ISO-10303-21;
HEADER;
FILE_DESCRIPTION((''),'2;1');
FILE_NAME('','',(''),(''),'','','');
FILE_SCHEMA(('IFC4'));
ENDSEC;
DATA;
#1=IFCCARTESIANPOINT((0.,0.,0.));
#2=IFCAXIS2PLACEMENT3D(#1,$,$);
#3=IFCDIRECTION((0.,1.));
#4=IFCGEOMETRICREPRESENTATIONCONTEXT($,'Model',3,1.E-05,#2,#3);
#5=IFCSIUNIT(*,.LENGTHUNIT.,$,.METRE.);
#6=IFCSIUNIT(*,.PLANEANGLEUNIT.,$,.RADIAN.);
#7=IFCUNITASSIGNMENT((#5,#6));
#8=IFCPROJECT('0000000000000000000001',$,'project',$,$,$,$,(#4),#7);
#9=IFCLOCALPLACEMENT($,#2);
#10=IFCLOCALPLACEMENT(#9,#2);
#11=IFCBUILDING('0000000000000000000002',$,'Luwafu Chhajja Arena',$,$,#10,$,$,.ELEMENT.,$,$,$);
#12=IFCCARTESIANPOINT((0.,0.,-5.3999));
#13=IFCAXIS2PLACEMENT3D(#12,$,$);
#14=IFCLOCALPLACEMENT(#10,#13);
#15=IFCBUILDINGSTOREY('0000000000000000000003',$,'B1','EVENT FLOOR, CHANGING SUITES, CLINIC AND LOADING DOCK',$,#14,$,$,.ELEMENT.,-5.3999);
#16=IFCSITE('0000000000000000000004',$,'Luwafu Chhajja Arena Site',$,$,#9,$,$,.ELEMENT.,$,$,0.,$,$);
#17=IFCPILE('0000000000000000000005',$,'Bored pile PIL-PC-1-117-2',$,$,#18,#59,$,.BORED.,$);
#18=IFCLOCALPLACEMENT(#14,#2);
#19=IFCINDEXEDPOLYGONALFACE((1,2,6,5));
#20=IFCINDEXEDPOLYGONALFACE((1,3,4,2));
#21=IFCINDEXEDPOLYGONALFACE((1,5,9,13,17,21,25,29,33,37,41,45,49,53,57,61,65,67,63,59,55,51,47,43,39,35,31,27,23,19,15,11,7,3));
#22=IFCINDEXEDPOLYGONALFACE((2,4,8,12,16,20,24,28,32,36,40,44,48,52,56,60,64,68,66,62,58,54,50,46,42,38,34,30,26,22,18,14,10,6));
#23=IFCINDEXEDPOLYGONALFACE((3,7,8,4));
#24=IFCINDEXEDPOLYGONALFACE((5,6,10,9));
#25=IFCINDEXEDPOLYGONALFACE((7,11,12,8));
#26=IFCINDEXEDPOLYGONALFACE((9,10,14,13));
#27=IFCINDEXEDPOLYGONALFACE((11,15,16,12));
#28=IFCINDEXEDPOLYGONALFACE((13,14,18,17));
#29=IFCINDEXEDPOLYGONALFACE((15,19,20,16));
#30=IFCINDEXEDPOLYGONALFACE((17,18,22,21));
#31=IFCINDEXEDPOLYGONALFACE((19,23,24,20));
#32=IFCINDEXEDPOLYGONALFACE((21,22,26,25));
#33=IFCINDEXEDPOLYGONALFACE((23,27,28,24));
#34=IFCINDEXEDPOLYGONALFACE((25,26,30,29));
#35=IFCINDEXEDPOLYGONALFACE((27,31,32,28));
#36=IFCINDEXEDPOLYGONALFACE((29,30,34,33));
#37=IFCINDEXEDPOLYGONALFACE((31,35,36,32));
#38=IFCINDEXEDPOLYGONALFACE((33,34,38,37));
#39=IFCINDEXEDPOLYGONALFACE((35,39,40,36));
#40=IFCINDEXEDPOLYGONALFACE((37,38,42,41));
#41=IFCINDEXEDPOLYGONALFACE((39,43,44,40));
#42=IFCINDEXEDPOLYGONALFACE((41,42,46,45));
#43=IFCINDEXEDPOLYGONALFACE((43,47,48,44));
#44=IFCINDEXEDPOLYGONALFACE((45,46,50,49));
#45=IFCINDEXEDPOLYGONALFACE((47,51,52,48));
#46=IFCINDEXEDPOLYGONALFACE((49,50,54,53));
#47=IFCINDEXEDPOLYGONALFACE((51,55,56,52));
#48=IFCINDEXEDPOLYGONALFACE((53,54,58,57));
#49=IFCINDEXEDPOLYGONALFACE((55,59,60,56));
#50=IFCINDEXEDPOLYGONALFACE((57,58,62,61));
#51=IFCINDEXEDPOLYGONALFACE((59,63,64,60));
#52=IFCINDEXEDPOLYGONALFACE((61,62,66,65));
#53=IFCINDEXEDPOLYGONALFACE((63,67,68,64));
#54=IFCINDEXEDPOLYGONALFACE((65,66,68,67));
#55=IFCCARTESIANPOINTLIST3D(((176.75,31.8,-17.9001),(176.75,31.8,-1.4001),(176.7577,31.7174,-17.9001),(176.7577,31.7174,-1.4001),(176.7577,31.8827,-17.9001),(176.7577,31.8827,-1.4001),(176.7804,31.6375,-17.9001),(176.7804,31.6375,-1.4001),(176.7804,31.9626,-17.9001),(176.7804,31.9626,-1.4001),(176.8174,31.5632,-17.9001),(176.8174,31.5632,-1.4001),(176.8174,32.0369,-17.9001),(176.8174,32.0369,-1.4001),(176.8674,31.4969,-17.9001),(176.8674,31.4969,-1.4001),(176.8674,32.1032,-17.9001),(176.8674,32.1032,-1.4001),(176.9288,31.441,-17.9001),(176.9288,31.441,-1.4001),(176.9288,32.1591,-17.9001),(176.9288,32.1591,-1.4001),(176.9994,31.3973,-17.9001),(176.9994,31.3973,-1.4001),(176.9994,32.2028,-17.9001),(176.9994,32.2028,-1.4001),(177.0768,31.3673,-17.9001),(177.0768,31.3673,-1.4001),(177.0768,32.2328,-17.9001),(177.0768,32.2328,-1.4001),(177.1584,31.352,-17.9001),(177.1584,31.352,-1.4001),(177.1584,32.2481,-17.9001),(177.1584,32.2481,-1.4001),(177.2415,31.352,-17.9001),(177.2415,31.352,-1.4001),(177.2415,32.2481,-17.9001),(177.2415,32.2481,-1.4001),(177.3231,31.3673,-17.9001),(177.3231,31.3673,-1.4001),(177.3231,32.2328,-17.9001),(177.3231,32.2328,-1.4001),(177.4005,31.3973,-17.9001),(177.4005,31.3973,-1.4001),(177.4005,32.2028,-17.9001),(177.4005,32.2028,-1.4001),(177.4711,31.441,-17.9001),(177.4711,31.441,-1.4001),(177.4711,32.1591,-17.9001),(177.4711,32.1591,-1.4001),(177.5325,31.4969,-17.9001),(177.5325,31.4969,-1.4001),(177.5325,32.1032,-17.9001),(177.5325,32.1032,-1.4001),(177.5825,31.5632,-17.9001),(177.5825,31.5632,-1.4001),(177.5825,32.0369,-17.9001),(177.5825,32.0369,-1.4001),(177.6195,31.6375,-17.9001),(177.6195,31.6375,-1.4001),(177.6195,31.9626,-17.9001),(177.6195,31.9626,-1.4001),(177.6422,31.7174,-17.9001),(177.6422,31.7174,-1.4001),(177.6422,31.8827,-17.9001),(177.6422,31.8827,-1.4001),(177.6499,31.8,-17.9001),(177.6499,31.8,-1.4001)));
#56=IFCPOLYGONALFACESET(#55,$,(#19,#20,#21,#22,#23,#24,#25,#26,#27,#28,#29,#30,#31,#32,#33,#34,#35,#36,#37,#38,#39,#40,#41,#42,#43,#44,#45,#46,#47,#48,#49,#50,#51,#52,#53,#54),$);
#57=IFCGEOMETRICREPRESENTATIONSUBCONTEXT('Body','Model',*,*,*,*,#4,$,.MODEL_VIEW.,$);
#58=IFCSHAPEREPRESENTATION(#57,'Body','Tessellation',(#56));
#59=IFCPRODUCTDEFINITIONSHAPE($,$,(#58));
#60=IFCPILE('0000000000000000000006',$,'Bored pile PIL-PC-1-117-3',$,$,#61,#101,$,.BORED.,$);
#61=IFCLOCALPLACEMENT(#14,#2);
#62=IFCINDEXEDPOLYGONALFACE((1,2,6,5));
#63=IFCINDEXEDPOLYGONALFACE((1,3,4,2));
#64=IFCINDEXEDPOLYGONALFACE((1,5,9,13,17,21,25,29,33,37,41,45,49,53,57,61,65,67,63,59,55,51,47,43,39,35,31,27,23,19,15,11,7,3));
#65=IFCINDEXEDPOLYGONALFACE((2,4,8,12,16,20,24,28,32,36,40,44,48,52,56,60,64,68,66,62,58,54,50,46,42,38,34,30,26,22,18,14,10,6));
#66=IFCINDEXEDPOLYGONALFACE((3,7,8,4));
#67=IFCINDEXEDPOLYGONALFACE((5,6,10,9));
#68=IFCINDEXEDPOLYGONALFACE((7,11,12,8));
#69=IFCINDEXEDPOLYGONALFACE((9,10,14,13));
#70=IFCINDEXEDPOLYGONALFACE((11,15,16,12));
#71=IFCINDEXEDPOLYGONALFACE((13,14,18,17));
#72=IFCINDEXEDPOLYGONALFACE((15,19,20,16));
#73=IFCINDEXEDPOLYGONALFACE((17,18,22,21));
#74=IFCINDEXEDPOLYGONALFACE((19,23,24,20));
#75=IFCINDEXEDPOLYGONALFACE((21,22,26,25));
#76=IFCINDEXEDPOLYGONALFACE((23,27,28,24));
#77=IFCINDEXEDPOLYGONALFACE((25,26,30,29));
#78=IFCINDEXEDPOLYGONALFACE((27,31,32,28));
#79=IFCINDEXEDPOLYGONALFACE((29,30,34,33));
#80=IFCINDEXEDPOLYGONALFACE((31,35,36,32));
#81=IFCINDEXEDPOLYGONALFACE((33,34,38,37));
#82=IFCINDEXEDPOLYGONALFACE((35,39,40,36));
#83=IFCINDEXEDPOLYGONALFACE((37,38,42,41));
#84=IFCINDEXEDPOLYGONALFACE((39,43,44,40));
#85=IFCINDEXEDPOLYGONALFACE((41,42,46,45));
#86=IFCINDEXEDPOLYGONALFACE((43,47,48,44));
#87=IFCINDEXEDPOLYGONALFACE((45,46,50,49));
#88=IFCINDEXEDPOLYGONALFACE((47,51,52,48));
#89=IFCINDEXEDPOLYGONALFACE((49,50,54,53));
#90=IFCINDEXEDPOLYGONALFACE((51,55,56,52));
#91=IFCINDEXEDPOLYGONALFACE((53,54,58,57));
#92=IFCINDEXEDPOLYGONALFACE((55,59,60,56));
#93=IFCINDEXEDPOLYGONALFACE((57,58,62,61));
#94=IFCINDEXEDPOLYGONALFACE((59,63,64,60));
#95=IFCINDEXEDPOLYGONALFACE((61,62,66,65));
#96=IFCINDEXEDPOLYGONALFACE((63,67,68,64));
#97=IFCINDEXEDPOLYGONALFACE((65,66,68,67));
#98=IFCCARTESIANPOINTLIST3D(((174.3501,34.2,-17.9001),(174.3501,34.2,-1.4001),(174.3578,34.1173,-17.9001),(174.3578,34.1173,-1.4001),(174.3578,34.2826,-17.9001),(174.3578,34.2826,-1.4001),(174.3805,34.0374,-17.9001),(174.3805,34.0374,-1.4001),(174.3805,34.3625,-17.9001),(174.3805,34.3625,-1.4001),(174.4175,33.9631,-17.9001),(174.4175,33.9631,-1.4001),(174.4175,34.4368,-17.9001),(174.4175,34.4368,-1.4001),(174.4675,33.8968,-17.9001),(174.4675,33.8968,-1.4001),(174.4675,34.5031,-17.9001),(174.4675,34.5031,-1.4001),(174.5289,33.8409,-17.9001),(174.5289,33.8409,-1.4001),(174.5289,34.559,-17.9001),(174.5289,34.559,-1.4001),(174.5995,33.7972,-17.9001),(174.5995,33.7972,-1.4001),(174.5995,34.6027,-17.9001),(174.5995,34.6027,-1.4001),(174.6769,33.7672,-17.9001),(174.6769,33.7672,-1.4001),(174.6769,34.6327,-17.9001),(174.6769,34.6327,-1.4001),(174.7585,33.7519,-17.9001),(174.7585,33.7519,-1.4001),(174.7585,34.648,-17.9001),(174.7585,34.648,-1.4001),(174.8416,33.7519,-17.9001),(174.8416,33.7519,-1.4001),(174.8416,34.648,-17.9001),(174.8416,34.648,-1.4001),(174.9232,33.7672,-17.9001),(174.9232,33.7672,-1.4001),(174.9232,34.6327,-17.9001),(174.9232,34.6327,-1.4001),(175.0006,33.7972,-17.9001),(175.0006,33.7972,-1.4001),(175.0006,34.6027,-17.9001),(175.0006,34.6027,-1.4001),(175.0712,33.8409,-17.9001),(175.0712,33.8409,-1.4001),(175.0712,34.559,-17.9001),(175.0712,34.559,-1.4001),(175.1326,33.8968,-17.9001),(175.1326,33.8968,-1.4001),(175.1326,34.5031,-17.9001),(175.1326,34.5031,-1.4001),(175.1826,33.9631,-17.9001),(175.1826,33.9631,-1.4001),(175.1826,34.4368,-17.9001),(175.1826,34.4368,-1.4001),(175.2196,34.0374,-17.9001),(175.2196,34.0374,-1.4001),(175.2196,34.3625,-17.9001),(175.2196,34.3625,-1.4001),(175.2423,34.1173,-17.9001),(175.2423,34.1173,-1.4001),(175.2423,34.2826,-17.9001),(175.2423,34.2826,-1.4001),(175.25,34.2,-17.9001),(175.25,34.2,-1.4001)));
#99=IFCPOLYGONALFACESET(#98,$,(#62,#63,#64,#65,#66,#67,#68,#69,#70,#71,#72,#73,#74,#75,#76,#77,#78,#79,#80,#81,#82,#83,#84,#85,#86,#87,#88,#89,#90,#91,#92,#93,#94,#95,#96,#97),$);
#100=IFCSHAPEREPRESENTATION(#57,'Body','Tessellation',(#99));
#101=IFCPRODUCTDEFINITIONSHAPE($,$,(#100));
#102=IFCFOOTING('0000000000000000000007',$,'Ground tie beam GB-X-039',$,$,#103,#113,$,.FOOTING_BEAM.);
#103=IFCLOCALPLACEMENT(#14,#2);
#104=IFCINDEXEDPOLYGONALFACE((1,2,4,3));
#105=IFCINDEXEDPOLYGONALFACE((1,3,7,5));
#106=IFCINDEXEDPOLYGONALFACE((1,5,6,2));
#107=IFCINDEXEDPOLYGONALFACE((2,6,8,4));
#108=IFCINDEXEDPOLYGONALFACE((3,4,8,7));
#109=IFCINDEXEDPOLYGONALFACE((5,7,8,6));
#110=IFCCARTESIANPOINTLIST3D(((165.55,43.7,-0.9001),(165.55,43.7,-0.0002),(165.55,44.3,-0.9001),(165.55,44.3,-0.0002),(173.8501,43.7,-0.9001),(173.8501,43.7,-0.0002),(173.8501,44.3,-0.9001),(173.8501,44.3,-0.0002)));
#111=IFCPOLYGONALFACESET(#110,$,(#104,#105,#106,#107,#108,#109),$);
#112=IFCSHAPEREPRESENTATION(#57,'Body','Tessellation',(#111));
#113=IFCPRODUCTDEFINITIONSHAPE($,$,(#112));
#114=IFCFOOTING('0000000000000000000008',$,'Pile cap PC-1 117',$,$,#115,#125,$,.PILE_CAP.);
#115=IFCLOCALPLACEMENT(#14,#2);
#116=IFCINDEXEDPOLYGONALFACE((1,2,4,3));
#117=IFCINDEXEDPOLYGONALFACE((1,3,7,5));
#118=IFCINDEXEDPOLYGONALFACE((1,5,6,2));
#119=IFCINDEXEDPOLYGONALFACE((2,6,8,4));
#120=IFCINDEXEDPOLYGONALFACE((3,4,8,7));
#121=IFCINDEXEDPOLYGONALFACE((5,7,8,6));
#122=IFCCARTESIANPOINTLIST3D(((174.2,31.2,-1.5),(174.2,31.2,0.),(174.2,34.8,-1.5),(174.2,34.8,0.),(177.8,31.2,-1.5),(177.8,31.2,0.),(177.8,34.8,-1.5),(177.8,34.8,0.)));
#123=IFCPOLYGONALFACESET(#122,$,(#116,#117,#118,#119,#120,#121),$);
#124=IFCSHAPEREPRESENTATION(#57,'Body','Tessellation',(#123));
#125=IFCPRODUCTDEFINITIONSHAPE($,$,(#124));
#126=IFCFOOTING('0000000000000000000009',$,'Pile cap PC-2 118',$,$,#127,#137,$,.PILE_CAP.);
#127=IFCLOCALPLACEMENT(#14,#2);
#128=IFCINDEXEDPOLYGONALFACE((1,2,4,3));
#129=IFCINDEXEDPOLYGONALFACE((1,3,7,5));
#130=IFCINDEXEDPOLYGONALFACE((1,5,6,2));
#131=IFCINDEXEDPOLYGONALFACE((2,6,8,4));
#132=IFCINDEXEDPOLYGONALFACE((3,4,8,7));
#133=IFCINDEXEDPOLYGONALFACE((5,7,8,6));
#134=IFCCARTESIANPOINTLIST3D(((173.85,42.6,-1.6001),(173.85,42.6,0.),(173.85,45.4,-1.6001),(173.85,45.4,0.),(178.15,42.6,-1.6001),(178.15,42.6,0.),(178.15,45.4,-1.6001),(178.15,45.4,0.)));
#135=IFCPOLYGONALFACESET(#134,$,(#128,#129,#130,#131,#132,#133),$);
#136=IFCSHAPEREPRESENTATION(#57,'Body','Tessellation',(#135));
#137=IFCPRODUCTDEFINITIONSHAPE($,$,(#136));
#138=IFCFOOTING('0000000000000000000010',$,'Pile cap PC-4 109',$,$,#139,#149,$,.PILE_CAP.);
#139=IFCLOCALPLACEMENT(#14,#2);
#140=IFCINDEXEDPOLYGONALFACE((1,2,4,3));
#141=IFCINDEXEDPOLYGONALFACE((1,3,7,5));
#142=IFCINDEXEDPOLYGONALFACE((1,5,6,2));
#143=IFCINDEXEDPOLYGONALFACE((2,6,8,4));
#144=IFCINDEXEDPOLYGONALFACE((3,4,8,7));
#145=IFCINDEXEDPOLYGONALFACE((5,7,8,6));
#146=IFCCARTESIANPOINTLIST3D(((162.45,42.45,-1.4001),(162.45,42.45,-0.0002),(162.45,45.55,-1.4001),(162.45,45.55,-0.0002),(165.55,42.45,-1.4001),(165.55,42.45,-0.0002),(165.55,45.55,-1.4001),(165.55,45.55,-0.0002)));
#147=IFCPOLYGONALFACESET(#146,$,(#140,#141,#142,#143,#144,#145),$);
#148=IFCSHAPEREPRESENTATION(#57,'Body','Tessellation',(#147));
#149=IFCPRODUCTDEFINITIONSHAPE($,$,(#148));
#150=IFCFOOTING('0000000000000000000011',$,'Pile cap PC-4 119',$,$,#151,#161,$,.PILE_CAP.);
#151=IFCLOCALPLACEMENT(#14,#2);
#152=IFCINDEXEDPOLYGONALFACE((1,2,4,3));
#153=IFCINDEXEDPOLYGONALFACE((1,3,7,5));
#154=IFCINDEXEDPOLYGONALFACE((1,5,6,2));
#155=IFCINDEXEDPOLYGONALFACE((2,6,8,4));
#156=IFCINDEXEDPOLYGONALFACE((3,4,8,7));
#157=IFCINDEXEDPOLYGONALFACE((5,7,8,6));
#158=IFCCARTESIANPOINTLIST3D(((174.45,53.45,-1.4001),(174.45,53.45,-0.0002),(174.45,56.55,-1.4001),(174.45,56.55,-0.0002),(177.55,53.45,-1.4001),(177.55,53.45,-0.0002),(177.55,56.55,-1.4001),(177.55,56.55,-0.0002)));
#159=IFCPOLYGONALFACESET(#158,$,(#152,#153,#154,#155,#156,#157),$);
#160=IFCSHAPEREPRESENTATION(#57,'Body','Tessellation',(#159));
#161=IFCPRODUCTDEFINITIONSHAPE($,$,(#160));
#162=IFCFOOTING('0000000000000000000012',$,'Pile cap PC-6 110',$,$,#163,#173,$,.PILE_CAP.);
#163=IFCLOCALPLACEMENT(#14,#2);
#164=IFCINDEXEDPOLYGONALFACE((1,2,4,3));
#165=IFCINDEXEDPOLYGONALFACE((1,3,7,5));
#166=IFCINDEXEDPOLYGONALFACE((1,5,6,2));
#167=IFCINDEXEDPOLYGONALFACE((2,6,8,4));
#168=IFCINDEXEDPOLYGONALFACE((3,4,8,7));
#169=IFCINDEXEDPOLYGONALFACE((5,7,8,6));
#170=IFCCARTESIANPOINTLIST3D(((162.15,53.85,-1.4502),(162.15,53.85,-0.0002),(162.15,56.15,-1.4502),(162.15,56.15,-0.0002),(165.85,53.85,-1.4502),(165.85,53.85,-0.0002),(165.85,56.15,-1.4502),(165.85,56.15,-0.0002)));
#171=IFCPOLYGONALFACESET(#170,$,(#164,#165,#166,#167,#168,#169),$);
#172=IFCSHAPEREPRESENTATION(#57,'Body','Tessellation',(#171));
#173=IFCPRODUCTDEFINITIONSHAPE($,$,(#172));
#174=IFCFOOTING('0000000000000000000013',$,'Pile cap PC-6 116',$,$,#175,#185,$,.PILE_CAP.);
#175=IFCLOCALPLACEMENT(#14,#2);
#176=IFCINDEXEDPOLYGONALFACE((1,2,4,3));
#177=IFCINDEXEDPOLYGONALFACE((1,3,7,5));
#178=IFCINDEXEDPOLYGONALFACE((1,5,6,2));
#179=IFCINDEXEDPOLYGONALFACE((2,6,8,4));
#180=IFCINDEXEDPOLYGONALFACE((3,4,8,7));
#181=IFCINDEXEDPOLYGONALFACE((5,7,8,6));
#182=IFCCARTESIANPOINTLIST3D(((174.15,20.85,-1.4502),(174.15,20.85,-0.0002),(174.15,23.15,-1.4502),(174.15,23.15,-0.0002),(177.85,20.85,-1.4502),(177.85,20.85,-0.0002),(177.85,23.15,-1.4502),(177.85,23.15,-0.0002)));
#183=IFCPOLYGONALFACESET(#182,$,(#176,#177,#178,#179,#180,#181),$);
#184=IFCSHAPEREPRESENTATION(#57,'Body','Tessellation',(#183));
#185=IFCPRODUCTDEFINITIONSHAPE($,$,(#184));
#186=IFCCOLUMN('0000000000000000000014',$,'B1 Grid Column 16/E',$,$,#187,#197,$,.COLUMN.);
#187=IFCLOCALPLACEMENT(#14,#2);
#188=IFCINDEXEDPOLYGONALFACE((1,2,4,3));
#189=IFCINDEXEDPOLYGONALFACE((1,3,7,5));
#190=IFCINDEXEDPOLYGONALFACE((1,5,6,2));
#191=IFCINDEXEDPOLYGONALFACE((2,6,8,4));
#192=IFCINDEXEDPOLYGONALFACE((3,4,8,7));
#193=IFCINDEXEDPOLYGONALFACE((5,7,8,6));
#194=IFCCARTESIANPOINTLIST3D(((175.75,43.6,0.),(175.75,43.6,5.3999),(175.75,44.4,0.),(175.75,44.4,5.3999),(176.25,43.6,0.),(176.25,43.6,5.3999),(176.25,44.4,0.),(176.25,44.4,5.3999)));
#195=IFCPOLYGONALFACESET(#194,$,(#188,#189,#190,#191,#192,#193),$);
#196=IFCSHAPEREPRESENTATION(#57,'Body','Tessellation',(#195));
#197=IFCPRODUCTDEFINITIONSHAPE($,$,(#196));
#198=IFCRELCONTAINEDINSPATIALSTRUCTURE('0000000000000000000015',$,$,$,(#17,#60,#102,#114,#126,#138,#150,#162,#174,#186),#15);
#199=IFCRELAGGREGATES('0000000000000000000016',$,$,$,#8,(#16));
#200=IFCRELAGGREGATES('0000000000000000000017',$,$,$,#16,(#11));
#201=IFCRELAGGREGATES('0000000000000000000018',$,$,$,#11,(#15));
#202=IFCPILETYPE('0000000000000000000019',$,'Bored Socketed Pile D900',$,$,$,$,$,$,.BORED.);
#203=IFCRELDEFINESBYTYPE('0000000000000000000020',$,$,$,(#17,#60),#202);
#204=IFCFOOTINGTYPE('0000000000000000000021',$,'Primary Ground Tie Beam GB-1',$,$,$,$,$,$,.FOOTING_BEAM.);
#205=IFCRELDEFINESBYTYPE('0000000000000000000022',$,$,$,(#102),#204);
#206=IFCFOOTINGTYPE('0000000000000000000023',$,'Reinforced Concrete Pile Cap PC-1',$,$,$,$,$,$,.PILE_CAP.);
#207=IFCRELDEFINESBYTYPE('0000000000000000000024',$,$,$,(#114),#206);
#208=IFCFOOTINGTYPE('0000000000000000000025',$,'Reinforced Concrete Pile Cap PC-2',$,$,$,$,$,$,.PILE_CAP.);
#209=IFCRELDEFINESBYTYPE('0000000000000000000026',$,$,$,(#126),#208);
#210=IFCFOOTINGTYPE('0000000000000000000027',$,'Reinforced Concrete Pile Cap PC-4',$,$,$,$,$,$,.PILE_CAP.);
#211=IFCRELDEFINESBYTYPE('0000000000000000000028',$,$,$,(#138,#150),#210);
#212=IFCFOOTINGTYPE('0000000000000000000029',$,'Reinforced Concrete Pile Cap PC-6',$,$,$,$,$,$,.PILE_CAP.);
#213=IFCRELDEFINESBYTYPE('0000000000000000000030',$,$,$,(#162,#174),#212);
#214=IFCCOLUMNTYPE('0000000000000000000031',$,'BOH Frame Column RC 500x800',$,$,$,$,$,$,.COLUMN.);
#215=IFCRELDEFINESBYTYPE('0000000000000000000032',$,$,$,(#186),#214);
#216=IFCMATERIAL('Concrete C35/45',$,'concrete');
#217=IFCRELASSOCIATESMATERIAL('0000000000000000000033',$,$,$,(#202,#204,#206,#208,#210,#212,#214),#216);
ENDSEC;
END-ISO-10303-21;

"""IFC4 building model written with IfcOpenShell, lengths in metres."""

from ifc_helpers import new_model, si_unit, direction, frame, origin, origin_2d, place, context, subcontext, project, spatial, rectangle, circle, extrude, material, material_profile, profile_set, type_object, element, save


model = new_model("IFC4")

# Units and contexts
model_context = context("Model", 3, precision=1e-05, world=origin(), true_north=direction((0.0, 1.0)))
body_context = subcontext(model_context, "Body", "Model", "MODEL_VIEW")
ifc_project = project(units=[si_unit("LENGTHUNIT", "METRE"), si_unit("PLANEANGLEUNIT", "RADIAN")], contexts=[model_context])

# Site, building, storey
site_placement = place(None, origin())
site = spatial("IfcSite", under=ifc_project, at=site_placement, Name="Luwafu Chhajja Arena Site", CompositionType="ELEMENT", RefElevation=0.0)
building_placement = place(site_placement, origin())
building = spatial("IfcBuilding", under=site, at=building_placement, Name="Luwafu Chhajja Arena", CompositionType="ELEMENT")
storey_placement = place(building_placement, frame((0.0, 0.0, -5.3999)))
storey = spatial("IfcBuildingStorey", under=building, at=storey_placement, Name="B1", Description="EVENT FLOOR, CHANGING SUITES, CLINIC AND LOADING DOCK", CompositionType="ELEMENT", Elevation=-5.3999)

# Shared definitions
ifc_material_1 = material(Name="Concrete C35/45", Category="concrete")

# Piles
ifc_material_profile_1 = material_profile(ifc_material_1, circle(Radius=0.45, at=origin_2d()), Name="PILE D900")
ifc_profile_set_1 = profile_set([ifc_material_profile_1], Name="Concrete C35/45")
pile_type_1 = type_object("IfcPileType", Name="Bored Socketed Pile D900", PredefinedType="BORED", material=ifc_profile_set_1)
for number, where, z_axis, x_axis, name in (
    (1, (177.2, 31.8, -1.4001), (0.0, 0.0, -1.0), (1.0, 0.0, 0.0), "Bored pile PIL-PC-1-117-2"),
    (2, (174.8, 34.2, -1.4001), (0.0, 0.0, -1.0), (1.0, 0.0, 0.0), "Bored pile PIL-PC-1-117-3"),
):
    element("IfcPile", number, at=place(storey_placement, frame(where, z_axis=z_axis, x_axis=x_axis)), inside=storey, type_object=pile_type_1, Name=name, PredefinedType="BORED", context=body_context, shape_type="SweptSolid", body=[
        extrude(circle(Radius=0.45, at=origin_2d()), origin(), (0.0, 0.0, 1.0), 16.5),
    ])

# Footings
ifc_material_profile_2 = material_profile(ifc_material_1, rectangle(XDim=0.6001, YDim=0.8999, at=origin_2d()), Name="RC 600x900")
ifc_profile_set_2 = profile_set([ifc_material_profile_2], Name="Concrete C35/45")
footing_type_1 = type_object("IfcFootingType", Name="Primary Ground Tie Beam GB-1", PredefinedType="FOOTING_BEAM", material=ifc_profile_set_2)
footing_1_placement = place(storey_placement, frame((165.55, 44.0, -0.4502), z_axis=(1.0, 0.0, 0.0), x_axis=(0.0, 1.0, 0.0)))
element("IfcFooting", 3, at=footing_1_placement, inside=storey, type_object=footing_type_1, Name="Ground tie beam GB-X-039", PredefinedType="FOOTING_BEAM", context=body_context, shape_type="SweptSolid", body=[
    extrude(rectangle(XDim=0.6001, YDim=0.8999, at=origin_2d()), origin(), (0.0, 0.0, 1.0), 8.3),
])
footing_type_2 = type_object("IfcFootingType", Name="Reinforced Concrete Pile Cap PC-1", PredefinedType="PILE_CAP", material=ifc_material_1)
footing_2_placement = place(storey_placement, frame((176.0, 33.0, -1.5), z_axis=(0.0, 0.0, 1.0), x_axis=(1.0, 0.0, 0.0)))
element("IfcFooting", 4, at=footing_2_placement, inside=storey, type_object=footing_type_2, Name="Pile cap PC-1 117", PredefinedType="PILE_CAP", context=body_context, shape_type="SweptSolid", body=[
    extrude(rectangle(XDim=3.6001, YDim=3.6001, at=origin_2d()), origin(), (0.0, 0.0, 1.0), 1.5),
])
footing_type_3 = type_object("IfcFootingType", Name="Reinforced Concrete Pile Cap PC-2", PredefinedType="PILE_CAP", material=ifc_material_1)
footing_3_placement = place(storey_placement, frame((176.0, 44.0, -1.6001), z_axis=(0.0, 0.0, 1.0), x_axis=(1.0, 0.0, 0.0)))
element("IfcFooting", 5, at=footing_3_placement, inside=storey, type_object=footing_type_3, Name="Pile cap PC-2 118", PredefinedType="PILE_CAP", context=body_context, shape_type="SweptSolid", body=[
    extrude(rectangle(XDim=4.3, YDim=2.8, at=origin_2d()), origin(), (0.0, 0.0, 1.0), 1.6001),
])
footing_type_4 = type_object("IfcFootingType", Name="Reinforced Concrete Pile Cap PC-4", PredefinedType="PILE_CAP", material=ifc_material_1)
for number, where, z_axis, x_axis, name in (
    (6, (164.0, 44.0, -1.4001), (0.0, 0.0, 1.0), (1.0, 0.0, 0.0), "Pile cap PC-4 109"),
    (7, (176.0, 55.0, -1.4001), (0.0, 0.0, 1.0), (1.0, 0.0, 0.0), "Pile cap PC-4 119"),
):
    element("IfcFooting", number, at=place(storey_placement, frame(where, z_axis=z_axis, x_axis=x_axis)), inside=storey, type_object=footing_type_4, Name=name, PredefinedType="PILE_CAP", context=body_context, shape_type="SweptSolid", body=[
        extrude(rectangle(XDim=3.1001, YDim=3.1001, at=origin_2d()), origin(), (0.0, 0.0, 1.0), 1.3999),
    ])
footing_type_5 = type_object("IfcFootingType", Name="Reinforced Concrete Pile Cap PC-6", PredefinedType="PILE_CAP", material=ifc_material_1)
for number, where, z_axis, x_axis, name in (
    (8, (164.0, 55.0, -1.4502), (0.0, 0.0, 1.0), (1.0, 0.0, 0.0), "Pile cap PC-6 110"),
    (9, (176.0, 22.0, -1.4502), (0.0, 0.0, 1.0), (1.0, 0.0, 0.0), "Pile cap PC-6 116"),
):
    element("IfcFooting", number, at=place(storey_placement, frame(where, z_axis=z_axis, x_axis=x_axis)), inside=storey, type_object=footing_type_5, Name=name, PredefinedType="PILE_CAP", context=body_context, shape_type="SweptSolid", body=[
        extrude(rectangle(XDim=3.7, YDim=2.3, at=origin_2d()), origin(), (0.0, 0.0, 1.0), 1.45),
    ])

# Column
ifc_material_profile_3 = material_profile(ifc_material_1, rectangle(XDim=0.5, YDim=0.8, at=origin_2d()), Name="RC 500x800")
ifc_profile_set_3 = profile_set([ifc_material_profile_3], Name="Concrete C35/45")
column_type_1 = type_object("IfcColumnType", Name="BOH Frame Column RC 500x800", PredefinedType="COLUMN", material=ifc_profile_set_3)
column_1_placement = place(storey_placement, frame((176.0, 44.0, 0.0), z_axis=(0.0, 0.0, 1.0), x_axis=(1.0, 0.0, 0.0)))
element("IfcColumn", 10, at=column_1_placement, inside=storey, type_object=column_type_1, Name="B1 Grid Column 16/E", PredefinedType="COLUMN", context=body_context, shape_type="SweptSolid", body=[
    extrude(rectangle(XDim=0.5, YDim=0.8, at=origin_2d()), origin(), (0.0, 0.0, 1.0), 5.3999),
])

save(model, "model.ifc")
